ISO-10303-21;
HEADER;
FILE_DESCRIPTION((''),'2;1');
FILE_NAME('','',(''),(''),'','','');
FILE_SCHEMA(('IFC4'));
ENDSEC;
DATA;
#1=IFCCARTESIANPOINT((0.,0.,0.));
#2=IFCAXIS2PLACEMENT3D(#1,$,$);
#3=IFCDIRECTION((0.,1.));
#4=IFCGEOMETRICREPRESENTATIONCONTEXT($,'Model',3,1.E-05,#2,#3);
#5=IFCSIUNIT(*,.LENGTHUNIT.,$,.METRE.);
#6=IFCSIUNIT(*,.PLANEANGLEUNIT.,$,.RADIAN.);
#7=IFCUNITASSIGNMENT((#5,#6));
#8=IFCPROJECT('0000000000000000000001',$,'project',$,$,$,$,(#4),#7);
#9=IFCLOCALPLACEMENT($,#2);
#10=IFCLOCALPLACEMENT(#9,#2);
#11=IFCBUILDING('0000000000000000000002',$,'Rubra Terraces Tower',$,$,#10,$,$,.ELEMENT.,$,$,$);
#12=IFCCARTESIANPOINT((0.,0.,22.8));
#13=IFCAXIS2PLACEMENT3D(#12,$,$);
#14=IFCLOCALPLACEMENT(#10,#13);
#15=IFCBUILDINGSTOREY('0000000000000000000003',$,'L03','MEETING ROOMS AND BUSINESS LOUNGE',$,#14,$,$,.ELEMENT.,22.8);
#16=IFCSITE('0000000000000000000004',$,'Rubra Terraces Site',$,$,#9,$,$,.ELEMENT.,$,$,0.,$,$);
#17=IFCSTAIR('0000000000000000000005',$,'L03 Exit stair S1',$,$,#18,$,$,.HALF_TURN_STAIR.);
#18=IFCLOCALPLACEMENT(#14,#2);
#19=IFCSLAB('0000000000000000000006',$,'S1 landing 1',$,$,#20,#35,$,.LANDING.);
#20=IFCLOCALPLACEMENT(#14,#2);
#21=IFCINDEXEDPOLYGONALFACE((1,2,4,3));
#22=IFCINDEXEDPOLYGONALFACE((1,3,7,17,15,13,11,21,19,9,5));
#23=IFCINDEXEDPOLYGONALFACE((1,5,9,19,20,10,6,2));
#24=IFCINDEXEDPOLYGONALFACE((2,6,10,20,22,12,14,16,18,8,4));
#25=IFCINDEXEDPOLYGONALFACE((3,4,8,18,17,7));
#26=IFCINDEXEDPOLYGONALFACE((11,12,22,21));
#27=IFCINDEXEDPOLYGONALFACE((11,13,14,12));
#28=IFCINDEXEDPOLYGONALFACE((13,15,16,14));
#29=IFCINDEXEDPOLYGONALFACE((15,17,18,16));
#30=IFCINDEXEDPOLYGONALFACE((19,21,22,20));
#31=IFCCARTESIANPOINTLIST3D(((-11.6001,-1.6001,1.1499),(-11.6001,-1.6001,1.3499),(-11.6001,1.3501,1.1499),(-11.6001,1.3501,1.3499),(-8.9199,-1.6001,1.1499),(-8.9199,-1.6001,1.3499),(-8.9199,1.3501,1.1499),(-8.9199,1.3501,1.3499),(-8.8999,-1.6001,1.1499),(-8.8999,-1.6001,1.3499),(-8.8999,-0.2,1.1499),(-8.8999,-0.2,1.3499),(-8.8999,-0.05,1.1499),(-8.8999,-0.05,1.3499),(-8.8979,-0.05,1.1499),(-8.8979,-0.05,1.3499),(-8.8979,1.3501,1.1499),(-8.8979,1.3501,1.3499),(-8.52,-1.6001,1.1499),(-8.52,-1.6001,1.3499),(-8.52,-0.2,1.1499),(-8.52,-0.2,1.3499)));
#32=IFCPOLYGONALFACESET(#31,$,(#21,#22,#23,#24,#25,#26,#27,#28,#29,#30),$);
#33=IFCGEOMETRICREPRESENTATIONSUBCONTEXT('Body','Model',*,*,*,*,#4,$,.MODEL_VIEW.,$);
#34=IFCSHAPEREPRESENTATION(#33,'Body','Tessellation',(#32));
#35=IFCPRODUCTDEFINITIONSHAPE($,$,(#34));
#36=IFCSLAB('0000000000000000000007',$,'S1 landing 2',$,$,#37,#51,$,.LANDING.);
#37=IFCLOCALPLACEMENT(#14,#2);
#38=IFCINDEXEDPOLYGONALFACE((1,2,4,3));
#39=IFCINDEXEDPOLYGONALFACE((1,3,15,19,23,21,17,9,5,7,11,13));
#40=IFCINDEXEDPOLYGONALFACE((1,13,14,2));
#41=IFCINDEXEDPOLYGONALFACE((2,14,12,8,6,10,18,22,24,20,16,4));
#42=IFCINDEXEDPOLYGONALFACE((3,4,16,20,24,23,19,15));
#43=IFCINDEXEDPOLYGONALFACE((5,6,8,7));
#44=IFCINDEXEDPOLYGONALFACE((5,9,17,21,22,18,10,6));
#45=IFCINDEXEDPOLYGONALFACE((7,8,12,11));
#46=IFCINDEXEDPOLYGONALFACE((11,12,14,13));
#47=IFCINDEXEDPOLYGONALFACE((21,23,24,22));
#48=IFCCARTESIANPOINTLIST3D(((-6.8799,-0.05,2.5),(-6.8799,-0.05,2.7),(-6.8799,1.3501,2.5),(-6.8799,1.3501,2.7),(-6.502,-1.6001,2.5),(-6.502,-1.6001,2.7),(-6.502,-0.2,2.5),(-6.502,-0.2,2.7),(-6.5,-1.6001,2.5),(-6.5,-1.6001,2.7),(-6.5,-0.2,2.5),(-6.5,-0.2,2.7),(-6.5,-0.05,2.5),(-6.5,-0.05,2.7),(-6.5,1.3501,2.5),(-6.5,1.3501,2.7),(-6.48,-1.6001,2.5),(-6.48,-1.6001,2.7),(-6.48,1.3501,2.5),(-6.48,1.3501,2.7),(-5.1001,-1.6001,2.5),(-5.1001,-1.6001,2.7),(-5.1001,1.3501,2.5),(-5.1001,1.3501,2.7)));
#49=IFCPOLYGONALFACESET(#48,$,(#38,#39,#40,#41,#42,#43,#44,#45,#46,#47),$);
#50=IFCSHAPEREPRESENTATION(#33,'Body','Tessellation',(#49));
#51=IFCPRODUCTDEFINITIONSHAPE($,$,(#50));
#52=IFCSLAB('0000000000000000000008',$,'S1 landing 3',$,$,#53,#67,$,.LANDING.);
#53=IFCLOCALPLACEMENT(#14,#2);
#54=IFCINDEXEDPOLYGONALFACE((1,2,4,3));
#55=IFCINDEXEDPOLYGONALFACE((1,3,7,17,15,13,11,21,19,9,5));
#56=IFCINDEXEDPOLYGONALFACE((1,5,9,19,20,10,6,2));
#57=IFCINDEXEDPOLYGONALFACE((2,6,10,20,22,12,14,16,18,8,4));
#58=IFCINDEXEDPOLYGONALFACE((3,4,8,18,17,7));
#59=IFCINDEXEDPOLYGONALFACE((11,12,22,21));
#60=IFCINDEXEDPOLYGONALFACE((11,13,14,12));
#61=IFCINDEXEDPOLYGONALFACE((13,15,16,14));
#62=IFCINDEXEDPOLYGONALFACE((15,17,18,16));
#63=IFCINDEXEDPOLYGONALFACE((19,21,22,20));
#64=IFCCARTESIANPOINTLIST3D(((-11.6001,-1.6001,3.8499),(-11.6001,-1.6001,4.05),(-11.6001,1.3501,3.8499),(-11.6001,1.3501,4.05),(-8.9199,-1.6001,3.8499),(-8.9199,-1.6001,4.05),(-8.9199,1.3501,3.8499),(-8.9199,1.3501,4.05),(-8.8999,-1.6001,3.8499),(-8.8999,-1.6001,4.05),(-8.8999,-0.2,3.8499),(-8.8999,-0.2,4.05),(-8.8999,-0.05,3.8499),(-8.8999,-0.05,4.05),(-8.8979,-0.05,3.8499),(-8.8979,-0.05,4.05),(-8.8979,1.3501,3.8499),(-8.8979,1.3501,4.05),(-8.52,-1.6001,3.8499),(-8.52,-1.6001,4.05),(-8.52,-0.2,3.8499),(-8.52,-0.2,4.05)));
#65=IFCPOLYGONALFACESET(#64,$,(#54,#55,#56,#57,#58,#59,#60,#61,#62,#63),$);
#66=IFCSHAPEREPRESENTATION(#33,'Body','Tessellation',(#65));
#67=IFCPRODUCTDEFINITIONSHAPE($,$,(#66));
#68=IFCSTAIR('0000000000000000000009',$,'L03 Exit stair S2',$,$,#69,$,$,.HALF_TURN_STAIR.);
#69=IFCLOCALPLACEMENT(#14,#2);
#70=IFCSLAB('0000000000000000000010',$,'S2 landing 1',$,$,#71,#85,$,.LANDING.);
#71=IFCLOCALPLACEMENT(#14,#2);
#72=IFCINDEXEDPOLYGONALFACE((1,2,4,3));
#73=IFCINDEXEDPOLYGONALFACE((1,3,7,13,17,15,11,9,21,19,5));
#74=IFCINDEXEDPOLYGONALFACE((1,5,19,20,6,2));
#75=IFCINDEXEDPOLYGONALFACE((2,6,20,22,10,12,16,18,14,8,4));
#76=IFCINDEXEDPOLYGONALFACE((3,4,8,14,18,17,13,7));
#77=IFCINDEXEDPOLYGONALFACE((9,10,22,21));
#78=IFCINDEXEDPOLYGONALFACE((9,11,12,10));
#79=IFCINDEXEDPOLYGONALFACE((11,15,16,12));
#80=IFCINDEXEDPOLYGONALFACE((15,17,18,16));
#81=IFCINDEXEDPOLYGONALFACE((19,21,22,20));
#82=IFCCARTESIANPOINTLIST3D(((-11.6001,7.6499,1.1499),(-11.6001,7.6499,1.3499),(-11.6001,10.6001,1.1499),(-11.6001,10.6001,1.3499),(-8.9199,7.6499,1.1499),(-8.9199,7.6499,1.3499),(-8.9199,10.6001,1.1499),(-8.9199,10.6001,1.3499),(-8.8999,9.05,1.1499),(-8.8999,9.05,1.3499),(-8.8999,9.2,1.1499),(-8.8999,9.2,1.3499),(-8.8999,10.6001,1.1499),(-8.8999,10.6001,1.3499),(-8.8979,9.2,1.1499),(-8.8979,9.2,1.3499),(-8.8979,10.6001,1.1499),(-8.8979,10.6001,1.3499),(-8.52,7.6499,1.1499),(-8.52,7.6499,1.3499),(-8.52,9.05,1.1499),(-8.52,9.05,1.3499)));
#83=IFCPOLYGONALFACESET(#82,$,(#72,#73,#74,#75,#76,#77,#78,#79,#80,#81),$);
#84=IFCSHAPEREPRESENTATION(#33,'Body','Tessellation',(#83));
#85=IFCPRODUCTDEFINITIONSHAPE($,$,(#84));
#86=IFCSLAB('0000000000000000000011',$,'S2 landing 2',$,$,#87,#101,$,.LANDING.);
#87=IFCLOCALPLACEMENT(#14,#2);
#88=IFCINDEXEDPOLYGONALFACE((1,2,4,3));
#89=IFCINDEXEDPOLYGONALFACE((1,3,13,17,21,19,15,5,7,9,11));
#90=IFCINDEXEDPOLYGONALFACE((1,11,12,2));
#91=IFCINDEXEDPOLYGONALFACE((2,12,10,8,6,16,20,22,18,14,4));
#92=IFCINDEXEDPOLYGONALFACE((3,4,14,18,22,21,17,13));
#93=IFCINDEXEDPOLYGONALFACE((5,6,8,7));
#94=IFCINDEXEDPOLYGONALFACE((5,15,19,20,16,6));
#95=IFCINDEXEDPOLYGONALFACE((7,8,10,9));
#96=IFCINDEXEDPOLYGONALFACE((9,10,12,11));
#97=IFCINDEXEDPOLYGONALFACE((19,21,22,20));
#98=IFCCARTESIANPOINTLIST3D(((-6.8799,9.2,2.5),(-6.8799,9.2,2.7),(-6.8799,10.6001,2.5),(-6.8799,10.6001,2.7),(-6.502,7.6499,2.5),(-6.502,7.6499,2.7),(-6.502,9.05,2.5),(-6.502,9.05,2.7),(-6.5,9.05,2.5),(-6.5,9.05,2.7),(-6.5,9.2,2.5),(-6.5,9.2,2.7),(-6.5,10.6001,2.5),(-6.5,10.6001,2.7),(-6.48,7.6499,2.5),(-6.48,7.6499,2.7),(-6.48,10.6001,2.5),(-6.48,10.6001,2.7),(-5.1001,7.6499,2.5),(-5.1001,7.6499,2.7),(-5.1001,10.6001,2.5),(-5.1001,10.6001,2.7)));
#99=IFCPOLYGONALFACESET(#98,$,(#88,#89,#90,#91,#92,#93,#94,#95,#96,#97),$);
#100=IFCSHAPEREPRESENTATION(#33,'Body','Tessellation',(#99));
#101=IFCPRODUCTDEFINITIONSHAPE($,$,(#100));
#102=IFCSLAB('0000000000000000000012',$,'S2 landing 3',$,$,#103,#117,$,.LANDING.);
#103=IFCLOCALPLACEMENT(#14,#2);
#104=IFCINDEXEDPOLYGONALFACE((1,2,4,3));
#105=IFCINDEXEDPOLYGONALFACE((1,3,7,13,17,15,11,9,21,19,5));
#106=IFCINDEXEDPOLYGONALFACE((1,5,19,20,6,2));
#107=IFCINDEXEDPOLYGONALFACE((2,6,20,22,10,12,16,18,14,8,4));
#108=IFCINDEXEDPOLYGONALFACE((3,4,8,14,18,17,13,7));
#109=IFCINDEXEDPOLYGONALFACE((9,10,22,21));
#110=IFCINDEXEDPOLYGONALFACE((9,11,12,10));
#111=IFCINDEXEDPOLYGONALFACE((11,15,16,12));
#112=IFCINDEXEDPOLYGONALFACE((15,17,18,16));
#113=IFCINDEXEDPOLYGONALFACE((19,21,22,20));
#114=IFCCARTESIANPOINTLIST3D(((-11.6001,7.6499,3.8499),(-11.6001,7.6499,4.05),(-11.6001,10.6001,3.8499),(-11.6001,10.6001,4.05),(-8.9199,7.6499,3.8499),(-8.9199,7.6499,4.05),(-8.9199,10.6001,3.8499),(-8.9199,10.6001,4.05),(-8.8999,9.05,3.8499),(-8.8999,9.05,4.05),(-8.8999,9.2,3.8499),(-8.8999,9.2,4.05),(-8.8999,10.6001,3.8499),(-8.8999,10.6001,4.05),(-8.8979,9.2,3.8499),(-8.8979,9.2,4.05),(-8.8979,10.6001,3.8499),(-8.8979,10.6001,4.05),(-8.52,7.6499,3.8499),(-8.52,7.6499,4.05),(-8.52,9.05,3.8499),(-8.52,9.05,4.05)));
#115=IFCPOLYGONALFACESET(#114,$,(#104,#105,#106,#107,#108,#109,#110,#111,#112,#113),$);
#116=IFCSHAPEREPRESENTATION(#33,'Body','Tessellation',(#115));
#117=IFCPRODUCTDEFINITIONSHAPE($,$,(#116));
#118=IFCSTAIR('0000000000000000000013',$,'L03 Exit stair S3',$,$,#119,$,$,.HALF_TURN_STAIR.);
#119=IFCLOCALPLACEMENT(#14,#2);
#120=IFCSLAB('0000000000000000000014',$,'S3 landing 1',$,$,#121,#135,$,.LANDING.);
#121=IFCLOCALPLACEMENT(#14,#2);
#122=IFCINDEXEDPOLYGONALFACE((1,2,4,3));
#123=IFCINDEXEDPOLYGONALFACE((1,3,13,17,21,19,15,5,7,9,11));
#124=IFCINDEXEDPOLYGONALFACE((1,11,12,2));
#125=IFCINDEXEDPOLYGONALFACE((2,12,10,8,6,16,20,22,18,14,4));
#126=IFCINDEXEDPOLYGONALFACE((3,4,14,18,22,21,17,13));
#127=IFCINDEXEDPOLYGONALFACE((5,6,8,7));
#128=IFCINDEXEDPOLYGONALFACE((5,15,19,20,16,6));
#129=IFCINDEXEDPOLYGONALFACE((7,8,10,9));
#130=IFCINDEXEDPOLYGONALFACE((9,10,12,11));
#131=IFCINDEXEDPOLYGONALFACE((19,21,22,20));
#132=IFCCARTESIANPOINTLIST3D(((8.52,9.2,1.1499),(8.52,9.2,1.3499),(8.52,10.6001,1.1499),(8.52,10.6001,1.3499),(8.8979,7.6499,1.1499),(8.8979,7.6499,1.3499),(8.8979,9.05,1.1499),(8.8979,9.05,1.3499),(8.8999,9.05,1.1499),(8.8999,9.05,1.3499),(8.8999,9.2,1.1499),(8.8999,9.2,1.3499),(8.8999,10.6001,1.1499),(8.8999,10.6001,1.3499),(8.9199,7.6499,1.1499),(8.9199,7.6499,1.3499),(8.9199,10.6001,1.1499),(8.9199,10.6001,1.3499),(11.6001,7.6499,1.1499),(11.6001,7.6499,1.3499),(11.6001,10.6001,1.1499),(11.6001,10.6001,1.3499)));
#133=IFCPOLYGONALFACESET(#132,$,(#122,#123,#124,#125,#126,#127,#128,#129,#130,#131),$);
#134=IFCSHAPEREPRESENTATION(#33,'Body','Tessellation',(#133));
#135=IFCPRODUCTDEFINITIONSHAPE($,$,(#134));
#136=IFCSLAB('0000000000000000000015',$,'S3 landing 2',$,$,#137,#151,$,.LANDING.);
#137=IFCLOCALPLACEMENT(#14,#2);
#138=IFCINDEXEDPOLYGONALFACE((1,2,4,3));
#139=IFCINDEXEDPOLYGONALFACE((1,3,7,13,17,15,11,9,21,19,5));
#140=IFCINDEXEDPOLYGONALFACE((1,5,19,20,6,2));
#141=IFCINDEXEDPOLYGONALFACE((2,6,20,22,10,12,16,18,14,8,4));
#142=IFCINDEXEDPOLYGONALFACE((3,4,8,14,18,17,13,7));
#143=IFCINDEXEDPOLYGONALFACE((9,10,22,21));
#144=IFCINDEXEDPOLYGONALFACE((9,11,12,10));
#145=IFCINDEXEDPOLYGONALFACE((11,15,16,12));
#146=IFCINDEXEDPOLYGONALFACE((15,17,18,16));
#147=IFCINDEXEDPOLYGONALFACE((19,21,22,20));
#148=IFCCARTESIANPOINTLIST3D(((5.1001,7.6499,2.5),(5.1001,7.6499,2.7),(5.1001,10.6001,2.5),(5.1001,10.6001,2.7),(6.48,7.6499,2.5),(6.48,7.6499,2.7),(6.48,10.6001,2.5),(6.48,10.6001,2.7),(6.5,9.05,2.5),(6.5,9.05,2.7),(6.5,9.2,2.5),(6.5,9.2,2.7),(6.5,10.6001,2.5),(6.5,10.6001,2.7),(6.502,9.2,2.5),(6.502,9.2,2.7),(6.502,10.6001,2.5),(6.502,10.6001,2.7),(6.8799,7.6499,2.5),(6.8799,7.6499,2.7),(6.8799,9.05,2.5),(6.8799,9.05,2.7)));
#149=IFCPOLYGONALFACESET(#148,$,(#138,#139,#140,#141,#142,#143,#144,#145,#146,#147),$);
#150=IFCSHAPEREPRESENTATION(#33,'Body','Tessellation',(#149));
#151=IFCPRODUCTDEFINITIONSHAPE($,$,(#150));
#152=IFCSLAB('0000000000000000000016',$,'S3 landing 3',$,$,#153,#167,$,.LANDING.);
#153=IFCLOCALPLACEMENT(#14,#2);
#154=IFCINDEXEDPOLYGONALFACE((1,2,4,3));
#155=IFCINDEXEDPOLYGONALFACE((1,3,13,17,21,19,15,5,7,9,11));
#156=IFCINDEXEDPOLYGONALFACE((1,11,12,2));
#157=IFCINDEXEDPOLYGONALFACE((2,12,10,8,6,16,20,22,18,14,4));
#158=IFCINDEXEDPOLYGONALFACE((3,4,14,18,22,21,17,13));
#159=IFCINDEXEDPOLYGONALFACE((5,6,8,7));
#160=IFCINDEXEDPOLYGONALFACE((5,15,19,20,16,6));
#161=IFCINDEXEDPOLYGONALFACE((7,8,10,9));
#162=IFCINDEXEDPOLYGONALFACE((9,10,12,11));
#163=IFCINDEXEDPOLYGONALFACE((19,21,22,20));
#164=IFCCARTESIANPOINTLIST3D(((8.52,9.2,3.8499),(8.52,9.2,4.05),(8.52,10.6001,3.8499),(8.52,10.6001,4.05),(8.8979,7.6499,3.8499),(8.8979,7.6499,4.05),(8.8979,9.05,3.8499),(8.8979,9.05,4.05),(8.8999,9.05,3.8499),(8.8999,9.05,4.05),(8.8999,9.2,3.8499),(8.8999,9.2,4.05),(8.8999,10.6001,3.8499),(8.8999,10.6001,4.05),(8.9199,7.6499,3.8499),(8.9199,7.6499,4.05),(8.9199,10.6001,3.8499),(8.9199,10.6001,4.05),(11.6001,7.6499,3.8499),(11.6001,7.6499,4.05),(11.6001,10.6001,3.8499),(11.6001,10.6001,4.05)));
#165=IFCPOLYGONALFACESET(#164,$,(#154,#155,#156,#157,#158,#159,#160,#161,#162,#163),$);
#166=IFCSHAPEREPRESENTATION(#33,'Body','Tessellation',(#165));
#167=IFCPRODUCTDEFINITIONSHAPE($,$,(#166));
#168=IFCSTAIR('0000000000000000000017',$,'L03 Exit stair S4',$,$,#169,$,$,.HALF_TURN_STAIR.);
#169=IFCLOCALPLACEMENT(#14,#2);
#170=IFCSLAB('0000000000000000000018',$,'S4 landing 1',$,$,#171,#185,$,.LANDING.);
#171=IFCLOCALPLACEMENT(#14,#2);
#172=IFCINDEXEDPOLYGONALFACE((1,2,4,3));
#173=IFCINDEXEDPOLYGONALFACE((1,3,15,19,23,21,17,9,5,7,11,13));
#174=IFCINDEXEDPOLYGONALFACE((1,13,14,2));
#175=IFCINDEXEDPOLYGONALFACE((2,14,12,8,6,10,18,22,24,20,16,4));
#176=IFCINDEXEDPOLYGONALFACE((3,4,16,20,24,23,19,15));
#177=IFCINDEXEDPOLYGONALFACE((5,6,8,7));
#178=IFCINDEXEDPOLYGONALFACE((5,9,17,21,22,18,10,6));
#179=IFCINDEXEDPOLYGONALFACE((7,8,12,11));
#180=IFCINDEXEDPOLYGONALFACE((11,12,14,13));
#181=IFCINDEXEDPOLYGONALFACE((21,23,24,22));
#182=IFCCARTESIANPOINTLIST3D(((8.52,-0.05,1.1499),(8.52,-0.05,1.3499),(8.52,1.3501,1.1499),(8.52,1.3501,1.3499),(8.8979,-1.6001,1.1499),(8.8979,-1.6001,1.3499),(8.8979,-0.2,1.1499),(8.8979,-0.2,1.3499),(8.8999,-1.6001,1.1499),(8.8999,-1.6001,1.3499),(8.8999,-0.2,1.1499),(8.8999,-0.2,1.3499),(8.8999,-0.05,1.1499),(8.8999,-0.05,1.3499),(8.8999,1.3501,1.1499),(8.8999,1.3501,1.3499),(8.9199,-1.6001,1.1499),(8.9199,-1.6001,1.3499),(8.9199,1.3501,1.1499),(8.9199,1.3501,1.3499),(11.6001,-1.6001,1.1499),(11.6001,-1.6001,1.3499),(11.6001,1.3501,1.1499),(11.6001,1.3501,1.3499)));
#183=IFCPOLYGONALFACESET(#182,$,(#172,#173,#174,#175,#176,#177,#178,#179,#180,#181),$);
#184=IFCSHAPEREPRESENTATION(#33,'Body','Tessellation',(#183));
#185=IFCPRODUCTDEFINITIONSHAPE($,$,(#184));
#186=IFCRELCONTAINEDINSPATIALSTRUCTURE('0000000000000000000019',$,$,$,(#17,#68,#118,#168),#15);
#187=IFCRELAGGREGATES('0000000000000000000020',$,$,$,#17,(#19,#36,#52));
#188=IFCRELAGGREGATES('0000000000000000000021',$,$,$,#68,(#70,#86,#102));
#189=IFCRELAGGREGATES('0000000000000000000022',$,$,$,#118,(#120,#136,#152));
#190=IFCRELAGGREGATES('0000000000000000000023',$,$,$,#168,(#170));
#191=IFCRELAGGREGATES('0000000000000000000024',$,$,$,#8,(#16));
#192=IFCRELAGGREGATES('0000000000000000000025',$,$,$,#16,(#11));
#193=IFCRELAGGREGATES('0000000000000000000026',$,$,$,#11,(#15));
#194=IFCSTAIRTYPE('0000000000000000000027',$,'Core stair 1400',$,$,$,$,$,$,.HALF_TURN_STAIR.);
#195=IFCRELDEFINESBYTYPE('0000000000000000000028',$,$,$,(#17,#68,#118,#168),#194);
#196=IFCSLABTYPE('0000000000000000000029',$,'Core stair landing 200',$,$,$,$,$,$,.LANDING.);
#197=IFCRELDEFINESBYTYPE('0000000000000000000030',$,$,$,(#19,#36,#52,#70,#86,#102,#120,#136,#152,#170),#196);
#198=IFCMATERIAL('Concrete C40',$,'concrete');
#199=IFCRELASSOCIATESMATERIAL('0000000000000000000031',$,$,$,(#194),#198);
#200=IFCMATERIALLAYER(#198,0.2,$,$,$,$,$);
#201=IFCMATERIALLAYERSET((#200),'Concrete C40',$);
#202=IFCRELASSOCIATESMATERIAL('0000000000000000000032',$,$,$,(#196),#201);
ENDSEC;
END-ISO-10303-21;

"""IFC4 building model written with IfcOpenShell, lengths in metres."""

from ifc_helpers import new_model, si_unit, direction, frame, origin, place, context, subcontext, project, spatial, polyline, outline, extrude, material, layer, layer_set, type_object, element, aggregate, save


model = new_model("IFC4")

# Units and contexts
model_context = context("Model", 3, precision=1e-05, world=origin(), true_north=direction((0.0, 1.0)))
body_context = subcontext(model_context, "Body", "Model", "MODEL_VIEW")
ifc_project = project(units=[si_unit("LENGTHUNIT", "METRE"), si_unit("PLANEANGLEUNIT", "RADIAN")], contexts=[model_context])

# Site, building, storey
site_placement = place(None, origin())
site = spatial("IfcSite", under=ifc_project, at=site_placement, Name="Rubra Terraces Site", CompositionType="ELEMENT", RefElevation=0.0)
building_placement = place(site_placement, origin())
building = spatial("IfcBuilding", under=site, at=building_placement, Name="Rubra Terraces Tower", CompositionType="ELEMENT")
storey_placement = place(building_placement, frame((0.0, 0.0, 22.8)))
storey = spatial("IfcBuildingStorey", under=building, at=storey_placement, Name="L03", Description="MEETING ROOMS AND BUSINESS LOUNGE", CompositionType="ELEMENT", Elevation=22.8)

# Stairs, slabs
ifc_material_1 = material(Name="Concrete C40", Category="concrete")
stair_type_1 = type_object("IfcStairType", Name="Core stair 1400", PredefinedType="HALF_TURN_STAIR", material=ifc_material_1)
stair_1_placement = place(storey_placement, origin())
stair_1 = element("IfcStair", 1, at=stair_1_placement, inside=storey, type_object=stair_type_1, Name="L03 Exit stair S1", PredefinedType="HALF_TURN_STAIR")
ifc_layer_1 = layer(ifc_material_1, 0.2)
ifc_layer_set_1 = layer_set([ifc_layer_1], Name="Concrete C40")
slab_type_1 = type_object("IfcSlabType", Name="Core stair landing 200", PredefinedType="LANDING", material=ifc_layer_set_1)
slab_1_placement = place(storey_placement, frame((0.0, 0.0, 1.1499)))
slab_1 = element("IfcSlab", 2, at=slab_1_placement, type_object=slab_type_1, Name="S1 landing 1", PredefinedType="LANDING", context=body_context, shape_type="SweptSolid", body=[
    extrude(outline(polyline([(-8.52, -0.2), (-8.52, -1.6001), (-8.8999, -1.6001), (-8.9199, -1.6001), (-11.6001, -1.6001), (-11.6001, 1.3501), (-8.9199, 1.3501), (-8.8979, 1.3501), (-8.8979, -0.05), (-8.8999, -0.05), (-8.8999, -0.2), (-8.52, -0.2)])), origin(), (0.0, 0.0, 1.0), 0.2),
])
slab_2_placement = place(storey_placement, frame((0.0, 0.0, 2.5)))
slab_2 = element("IfcSlab", 3, at=slab_2_placement, type_object=slab_type_1, Name="S1 landing 2", PredefinedType="LANDING", context=body_context, shape_type="SweptSolid", body=[
    extrude(outline(polyline([(-6.5, -0.2), (-6.5, -0.05), (-6.8799, -0.05), (-6.8799, 1.3501), (-6.5, 1.3501), (-6.48, 1.3501), (-5.1001, 1.3501), (-5.1001, -1.6001), (-6.48, -1.6001), (-6.5, -1.6001), (-6.502, -1.6001), (-6.502, -0.2), (-6.5, -0.2)])), origin(), (0.0, 0.0, 1.0), 0.2),
])
slab_3_placement = place(storey_placement, frame((0.0, 0.0, 3.8499)))
slab_3 = element("IfcSlab", 4, at=slab_3_placement, type_object=slab_type_1, Name="S1 landing 3", PredefinedType="LANDING", context=body_context, shape_type="SweptSolid", body=[
    extrude(outline(polyline([(-8.52, -0.2), (-8.52, -1.6001), (-8.8999, -1.6001), (-8.9199, -1.6001), (-11.6001, -1.6001), (-11.6001, 1.3501), (-8.9199, 1.3501), (-8.8979, 1.3501), (-8.8979, -0.05), (-8.8999, -0.05), (-8.8999, -0.2), (-8.52, -0.2)])), origin(), (0.0, 0.0, 1.0), 0.2002),
])
aggregate(stair_1, [slab_1, slab_2, slab_3])
stair_2_placement = place(storey_placement, origin())
stair_2 = element("IfcStair", 5, at=stair_2_placement, inside=storey, type_object=stair_type_1, Name="L03 Exit stair S2", PredefinedType="HALF_TURN_STAIR")
slab_4_placement = place(storey_placement, frame((0.0, 0.0, 1.1499)))
slab_4 = element("IfcSlab", 6, at=slab_4_placement, type_object=slab_type_1, Name="S2 landing 1", PredefinedType="LANDING", context=body_context, shape_type="SweptSolid", body=[
    extrude(outline(polyline([(-8.52, 9.05), (-8.52, 7.6499), (-8.9199, 7.6499), (-11.6001, 7.6499), (-11.6001, 10.6001), (-8.9199, 10.6001), (-8.8999, 10.6001), (-8.8979, 10.6001), (-8.8979, 9.2), (-8.8999, 9.2), (-8.8999, 9.05), (-8.52, 9.05)])), origin(), (0.0, 0.0, 1.0), 0.2),
])
slab_5_placement = place(storey_placement, frame((0.0, 0.0, 2.5)))
slab_5 = element("IfcSlab", 7, at=slab_5_placement, type_object=slab_type_1, Name="S2 landing 2", PredefinedType="LANDING", context=body_context, shape_type="SweptSolid", body=[
    extrude(outline(polyline([(-6.5, 9.05), (-6.5, 9.2), (-6.8799, 9.2), (-6.8799, 10.6001), (-6.5, 10.6001), (-6.48, 10.6001), (-5.1001, 10.6001), (-5.1001, 7.6499), (-6.48, 7.6499), (-6.502, 7.6499), (-6.502, 9.05), (-6.5, 9.05)])), origin(), (0.0, 0.0, 1.0), 0.2),
])
slab_6_placement = place(storey_placement, frame((0.0, 0.0, 3.8499)))
slab_6 = element("IfcSlab", 8, at=slab_6_placement, type_object=slab_type_1, Name="S2 landing 3", PredefinedType="LANDING", context=body_context, shape_type="SweptSolid", body=[
    extrude(outline(polyline([(-8.52, 9.05), (-8.52, 7.6499), (-8.9199, 7.6499), (-11.6001, 7.6499), (-11.6001, 10.6001), (-8.9199, 10.6001), (-8.8999, 10.6001), (-8.8979, 10.6001), (-8.8979, 9.2), (-8.8999, 9.2), (-8.8999, 9.05), (-8.52, 9.05)])), origin(), (0.0, 0.0, 1.0), 0.2002),
])
aggregate(stair_2, [slab_4, slab_5, slab_6])
stair_3_placement = place(storey_placement, origin())
stair_3 = element("IfcStair", 9, at=stair_3_placement, inside=storey, type_object=stair_type_1, Name="L03 Exit stair S3", PredefinedType="HALF_TURN_STAIR")
slab_7_placement = place(storey_placement, frame((0.0, 0.0, 1.1499)))
slab_7 = element("IfcSlab", 10, at=slab_7_placement, type_object=slab_type_1, Name="S3 landing 1", PredefinedType="LANDING", context=body_context, shape_type="SweptSolid", body=[
    extrude(outline(polyline([(8.8999, 9.05), (8.8999, 9.2), (8.52, 9.2), (8.52, 10.6001), (8.8999, 10.6001), (8.9199, 10.6001), (11.6001, 10.6001), (11.6001, 7.6499), (8.9199, 7.6499), (8.8979, 7.6499), (8.8979, 9.05), (8.8999, 9.05)])), origin(), (0.0, 0.0, 1.0), 0.2),
])
slab_8_placement = place(storey_placement, frame((0.0, 0.0, 2.5)))
slab_8 = element("IfcSlab", 11, at=slab_8_placement, type_object=slab_type_1, Name="S3 landing 2", PredefinedType="LANDING", context=body_context, shape_type="SweptSolid", body=[
    extrude(outline(polyline([(6.8799, 9.05), (6.8799, 7.6499), (6.48, 7.6499), (5.1001, 7.6499), (5.1001, 10.6001), (6.48, 10.6001), (6.5, 10.6001), (6.502, 10.6001), (6.502, 9.2), (6.5, 9.2), (6.5, 9.05), (6.8799, 9.05)])), origin(), (0.0, 0.0, 1.0), 0.2),
])
slab_9_placement = place(storey_placement, frame((0.0, 0.0, 3.8499)))
slab_9 = element("IfcSlab", 12, at=slab_9_placement, type_object=slab_type_1, Name="S3 landing 3", PredefinedType="LANDING", context=body_context, shape_type="SweptSolid", body=[
    extrude(outline(polyline([(8.8999, 9.05), (8.8999, 9.2), (8.52, 9.2), (8.52, 10.6001), (8.8999, 10.6001), (8.9199, 10.6001), (11.6001, 10.6001), (11.6001, 7.6499), (8.9199, 7.6499), (8.8979, 7.6499), (8.8979, 9.05), (8.8999, 9.05)])), origin(), (0.0, 0.0, 1.0), 0.2002),
])
aggregate(stair_3, [slab_7, slab_8, slab_9])
stair_4_placement = place(storey_placement, origin())
stair_4 = element("IfcStair", 13, at=stair_4_placement, inside=storey, type_object=stair_type_1, Name="L03 Exit stair S4", PredefinedType="HALF_TURN_STAIR")
slab_10_placement = place(storey_placement, frame((0.0, 0.0, 1.1499)))
slab_10 = element("IfcSlab", 14, at=slab_10_placement, type_object=slab_type_1, Name="S4 landing 1", PredefinedType="LANDING", context=body_context, shape_type="SweptSolid", body=[
    extrude(outline(polyline([(8.8999, -0.2), (8.8999, -0.05), (8.52, -0.05), (8.52, 1.3501), (8.8999, 1.3501), (8.9199, 1.3501), (11.6001, 1.3501), (11.6001, -1.6001), (8.9199, -1.6001), (8.8999, -1.6001), (8.8979, -1.6001), (8.8979, -0.2), (8.8999, -0.2)])), origin(), (0.0, 0.0, 1.0), 0.2),
])

aggregate(stair_4, [slab_10])

save(model, "model.ifc")
